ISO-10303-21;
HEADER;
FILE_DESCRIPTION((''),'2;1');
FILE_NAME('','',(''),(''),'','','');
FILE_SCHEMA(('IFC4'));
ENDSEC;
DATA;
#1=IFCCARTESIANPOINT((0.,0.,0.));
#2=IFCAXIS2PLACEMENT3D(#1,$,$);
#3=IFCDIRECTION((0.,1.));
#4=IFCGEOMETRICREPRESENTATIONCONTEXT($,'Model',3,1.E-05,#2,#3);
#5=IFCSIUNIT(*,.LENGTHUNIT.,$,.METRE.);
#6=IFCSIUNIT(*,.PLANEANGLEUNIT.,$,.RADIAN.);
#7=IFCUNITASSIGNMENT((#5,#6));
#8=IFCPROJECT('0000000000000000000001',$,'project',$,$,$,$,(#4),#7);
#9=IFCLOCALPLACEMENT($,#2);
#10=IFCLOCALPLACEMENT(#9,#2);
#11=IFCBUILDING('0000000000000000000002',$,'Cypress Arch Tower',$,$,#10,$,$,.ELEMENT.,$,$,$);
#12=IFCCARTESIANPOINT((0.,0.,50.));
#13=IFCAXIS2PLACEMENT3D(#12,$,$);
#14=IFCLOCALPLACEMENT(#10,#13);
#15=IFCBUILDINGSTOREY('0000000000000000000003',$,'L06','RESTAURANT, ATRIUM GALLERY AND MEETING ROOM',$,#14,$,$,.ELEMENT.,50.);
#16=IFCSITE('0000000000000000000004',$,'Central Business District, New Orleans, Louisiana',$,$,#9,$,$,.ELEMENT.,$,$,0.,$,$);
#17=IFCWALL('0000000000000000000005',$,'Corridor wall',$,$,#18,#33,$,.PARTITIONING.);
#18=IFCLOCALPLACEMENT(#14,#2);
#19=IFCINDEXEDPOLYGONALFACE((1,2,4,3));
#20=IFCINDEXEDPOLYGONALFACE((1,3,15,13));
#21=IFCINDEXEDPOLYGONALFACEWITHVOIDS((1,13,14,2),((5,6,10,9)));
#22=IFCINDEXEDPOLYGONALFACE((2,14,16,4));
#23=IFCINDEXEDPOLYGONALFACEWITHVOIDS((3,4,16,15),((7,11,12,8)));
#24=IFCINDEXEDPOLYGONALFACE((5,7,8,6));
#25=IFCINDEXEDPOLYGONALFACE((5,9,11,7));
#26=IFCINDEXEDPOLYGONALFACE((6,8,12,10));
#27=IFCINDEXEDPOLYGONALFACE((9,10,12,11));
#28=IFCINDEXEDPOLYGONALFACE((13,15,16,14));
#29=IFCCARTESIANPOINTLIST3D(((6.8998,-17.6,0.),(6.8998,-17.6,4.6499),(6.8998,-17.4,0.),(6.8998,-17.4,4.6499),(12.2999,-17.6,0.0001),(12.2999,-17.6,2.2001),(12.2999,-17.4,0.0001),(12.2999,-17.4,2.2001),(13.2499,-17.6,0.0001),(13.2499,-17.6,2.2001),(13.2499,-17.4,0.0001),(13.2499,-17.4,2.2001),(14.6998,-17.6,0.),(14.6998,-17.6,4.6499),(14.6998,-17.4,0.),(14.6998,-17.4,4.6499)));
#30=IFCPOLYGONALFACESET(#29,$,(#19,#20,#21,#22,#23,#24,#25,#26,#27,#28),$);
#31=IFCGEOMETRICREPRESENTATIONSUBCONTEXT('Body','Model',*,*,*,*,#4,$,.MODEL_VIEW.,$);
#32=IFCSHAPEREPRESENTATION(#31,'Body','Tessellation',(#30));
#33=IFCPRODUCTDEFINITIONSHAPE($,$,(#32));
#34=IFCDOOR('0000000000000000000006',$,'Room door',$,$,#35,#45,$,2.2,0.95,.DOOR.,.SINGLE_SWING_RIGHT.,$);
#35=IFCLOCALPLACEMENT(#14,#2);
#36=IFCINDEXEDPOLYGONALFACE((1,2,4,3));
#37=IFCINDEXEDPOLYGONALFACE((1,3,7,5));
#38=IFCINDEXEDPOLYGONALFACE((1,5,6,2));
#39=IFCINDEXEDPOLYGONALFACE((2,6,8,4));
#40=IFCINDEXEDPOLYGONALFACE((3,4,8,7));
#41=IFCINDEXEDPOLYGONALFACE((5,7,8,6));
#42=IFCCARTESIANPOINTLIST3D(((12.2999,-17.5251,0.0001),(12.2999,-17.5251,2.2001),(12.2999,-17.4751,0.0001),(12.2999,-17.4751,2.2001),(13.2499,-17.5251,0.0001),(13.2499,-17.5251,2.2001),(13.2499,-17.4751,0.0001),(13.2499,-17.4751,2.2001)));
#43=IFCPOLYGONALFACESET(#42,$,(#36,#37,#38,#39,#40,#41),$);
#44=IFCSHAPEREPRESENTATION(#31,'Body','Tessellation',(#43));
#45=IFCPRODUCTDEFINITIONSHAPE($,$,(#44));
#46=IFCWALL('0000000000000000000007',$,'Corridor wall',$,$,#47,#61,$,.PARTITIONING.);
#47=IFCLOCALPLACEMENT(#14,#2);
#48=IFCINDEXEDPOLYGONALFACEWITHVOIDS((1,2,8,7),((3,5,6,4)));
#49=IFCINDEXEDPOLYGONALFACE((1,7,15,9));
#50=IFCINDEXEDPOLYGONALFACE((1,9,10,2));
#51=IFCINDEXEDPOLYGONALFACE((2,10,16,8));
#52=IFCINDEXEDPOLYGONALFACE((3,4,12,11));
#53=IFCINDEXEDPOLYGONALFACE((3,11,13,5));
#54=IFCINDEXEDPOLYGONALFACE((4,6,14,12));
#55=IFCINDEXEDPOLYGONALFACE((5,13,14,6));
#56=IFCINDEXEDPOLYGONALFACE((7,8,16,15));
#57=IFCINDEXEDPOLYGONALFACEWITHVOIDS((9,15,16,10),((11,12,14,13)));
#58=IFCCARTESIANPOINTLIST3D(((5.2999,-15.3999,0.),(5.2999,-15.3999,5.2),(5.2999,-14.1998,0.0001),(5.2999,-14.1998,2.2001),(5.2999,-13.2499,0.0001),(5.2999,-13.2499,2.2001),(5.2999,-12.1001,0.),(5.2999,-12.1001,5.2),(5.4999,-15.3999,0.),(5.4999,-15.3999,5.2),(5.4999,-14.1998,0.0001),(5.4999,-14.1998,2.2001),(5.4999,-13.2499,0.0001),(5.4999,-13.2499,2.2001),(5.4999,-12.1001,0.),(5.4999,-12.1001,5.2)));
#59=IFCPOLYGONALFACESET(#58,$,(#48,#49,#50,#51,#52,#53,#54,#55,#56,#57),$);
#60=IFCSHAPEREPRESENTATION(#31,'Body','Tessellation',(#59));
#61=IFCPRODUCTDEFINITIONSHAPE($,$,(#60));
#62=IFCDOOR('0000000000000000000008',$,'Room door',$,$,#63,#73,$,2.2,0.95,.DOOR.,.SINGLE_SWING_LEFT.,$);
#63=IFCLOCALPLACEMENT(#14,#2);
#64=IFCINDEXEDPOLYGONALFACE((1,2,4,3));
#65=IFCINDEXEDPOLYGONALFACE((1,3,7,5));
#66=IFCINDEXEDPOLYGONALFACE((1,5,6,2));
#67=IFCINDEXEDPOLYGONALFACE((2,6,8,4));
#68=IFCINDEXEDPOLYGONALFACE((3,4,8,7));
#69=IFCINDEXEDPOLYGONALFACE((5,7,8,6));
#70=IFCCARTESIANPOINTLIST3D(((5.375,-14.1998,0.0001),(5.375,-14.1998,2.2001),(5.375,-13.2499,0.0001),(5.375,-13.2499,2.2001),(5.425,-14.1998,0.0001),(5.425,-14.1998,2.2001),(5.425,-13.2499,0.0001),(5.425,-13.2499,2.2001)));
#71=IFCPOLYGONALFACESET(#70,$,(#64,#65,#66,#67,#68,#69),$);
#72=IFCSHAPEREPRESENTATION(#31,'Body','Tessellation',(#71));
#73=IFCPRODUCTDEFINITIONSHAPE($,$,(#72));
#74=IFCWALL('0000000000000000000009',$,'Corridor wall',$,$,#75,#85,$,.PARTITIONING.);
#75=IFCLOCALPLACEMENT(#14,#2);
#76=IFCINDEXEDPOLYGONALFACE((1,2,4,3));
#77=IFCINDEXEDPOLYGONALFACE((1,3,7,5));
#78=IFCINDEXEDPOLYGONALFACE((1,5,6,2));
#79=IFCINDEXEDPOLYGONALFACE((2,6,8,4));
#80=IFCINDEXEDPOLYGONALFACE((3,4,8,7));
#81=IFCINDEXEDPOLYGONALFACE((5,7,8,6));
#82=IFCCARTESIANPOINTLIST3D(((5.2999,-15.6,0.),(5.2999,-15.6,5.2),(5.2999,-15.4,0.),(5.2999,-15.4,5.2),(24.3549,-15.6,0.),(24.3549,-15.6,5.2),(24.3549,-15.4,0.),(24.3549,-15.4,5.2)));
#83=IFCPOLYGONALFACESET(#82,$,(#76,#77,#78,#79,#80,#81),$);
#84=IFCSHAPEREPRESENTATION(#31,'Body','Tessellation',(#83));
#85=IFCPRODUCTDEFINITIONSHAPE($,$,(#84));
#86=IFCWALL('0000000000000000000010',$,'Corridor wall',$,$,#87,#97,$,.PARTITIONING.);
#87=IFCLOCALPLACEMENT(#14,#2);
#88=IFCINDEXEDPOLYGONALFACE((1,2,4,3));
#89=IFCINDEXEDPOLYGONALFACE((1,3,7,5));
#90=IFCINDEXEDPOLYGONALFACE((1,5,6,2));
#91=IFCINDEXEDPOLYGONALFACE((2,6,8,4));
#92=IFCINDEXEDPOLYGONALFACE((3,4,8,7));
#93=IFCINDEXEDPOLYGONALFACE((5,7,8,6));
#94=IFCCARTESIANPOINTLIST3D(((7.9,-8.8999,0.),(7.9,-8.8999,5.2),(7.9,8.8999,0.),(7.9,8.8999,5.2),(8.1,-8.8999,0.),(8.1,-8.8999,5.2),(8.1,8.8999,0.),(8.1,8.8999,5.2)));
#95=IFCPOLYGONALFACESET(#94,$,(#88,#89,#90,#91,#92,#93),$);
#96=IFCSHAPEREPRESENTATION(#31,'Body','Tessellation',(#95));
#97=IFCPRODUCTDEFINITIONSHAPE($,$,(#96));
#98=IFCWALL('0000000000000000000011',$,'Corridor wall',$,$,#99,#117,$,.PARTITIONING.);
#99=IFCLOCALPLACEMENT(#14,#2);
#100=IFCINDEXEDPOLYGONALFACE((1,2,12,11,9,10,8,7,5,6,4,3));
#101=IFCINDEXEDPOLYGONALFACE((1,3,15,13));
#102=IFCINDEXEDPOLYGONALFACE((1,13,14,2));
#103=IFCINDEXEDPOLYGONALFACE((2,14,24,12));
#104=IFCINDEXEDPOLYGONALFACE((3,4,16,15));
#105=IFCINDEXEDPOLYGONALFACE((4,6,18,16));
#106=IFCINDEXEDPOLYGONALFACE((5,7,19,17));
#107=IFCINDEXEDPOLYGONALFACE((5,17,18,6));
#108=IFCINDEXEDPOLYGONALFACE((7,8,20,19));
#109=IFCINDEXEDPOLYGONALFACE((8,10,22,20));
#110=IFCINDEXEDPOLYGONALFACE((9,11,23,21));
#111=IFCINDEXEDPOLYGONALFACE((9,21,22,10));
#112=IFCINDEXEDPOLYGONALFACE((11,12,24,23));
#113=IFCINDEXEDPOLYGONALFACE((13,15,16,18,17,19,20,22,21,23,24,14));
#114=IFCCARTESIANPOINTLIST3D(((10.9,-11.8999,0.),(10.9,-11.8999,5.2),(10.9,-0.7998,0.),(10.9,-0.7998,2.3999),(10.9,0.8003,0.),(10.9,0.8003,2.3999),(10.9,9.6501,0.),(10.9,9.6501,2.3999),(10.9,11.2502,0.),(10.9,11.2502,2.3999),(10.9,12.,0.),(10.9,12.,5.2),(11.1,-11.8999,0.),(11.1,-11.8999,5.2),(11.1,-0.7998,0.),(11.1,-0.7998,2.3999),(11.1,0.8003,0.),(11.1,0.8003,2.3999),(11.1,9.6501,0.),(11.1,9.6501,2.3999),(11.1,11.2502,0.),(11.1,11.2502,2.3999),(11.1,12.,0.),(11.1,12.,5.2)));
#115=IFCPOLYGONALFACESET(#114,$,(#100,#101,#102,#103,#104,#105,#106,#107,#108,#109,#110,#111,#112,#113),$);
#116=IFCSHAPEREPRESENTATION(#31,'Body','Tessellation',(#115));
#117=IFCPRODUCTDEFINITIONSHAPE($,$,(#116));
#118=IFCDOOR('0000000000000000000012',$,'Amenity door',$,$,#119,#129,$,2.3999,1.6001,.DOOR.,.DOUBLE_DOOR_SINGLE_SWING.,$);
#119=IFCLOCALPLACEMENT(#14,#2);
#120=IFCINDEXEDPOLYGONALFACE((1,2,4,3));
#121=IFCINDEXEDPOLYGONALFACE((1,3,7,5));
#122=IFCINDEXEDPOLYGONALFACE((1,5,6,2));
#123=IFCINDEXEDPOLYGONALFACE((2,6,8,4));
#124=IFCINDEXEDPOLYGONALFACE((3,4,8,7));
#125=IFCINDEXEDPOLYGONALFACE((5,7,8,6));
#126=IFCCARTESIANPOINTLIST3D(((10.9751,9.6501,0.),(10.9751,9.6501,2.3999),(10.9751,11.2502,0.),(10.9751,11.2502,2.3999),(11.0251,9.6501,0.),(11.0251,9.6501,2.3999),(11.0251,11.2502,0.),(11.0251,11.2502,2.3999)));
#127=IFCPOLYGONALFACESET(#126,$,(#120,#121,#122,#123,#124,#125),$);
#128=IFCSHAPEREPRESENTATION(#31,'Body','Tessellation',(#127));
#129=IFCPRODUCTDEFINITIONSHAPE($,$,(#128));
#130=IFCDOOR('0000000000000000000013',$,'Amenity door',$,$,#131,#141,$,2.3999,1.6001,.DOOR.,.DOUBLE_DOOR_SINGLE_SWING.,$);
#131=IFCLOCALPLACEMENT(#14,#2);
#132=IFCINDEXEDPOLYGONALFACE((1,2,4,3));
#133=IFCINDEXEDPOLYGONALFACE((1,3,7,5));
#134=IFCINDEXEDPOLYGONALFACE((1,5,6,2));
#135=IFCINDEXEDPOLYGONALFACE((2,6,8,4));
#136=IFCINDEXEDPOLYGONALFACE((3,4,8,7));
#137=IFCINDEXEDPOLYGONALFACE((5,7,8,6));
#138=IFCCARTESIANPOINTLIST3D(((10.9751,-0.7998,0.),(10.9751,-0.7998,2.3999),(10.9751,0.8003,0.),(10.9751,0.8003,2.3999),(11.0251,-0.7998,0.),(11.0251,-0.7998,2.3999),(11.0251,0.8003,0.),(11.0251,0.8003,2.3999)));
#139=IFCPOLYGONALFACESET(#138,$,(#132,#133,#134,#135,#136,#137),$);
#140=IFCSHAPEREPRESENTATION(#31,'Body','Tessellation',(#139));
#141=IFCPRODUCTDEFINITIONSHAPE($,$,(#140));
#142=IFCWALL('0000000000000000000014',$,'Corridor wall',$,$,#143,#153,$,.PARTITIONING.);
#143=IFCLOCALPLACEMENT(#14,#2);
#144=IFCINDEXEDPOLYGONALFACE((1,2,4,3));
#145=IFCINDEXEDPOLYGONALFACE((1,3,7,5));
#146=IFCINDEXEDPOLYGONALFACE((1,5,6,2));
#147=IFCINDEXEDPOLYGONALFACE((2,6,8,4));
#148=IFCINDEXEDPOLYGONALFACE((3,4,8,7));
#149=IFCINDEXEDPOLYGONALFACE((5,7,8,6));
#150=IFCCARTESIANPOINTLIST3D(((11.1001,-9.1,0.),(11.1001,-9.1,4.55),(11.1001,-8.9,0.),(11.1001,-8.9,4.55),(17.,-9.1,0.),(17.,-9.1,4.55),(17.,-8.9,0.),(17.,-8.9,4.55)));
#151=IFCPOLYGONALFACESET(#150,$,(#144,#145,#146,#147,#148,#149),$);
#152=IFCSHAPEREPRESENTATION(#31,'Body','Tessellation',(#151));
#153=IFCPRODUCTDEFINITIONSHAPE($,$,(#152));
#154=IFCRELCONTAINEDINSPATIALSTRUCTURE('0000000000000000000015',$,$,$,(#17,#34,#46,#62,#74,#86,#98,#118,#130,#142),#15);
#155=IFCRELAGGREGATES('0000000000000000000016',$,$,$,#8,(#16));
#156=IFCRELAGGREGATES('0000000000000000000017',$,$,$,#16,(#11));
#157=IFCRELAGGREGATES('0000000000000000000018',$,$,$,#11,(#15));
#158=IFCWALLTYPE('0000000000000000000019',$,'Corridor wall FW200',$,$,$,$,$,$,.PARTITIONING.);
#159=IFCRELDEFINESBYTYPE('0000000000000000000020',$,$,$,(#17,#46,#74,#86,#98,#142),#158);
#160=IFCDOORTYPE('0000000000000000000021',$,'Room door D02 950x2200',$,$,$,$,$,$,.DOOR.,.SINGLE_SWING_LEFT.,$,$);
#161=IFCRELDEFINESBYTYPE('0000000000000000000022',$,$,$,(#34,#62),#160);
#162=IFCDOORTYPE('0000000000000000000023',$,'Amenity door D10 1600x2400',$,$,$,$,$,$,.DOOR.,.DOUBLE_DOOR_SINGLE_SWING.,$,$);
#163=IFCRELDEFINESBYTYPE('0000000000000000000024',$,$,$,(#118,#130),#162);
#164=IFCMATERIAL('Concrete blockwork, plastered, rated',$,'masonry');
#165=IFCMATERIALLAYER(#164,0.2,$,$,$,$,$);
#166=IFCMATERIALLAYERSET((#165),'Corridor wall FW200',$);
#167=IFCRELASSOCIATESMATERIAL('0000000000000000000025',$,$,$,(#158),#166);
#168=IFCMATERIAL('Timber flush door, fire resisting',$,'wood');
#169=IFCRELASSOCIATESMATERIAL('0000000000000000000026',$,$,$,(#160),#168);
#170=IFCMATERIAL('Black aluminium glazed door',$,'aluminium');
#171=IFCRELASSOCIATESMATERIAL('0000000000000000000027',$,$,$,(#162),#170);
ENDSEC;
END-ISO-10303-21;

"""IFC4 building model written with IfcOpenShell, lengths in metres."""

from ifc_helpers import new_model, si_unit, direction, frame, frame_2d, origin, place, context, subcontext, project, spatial, rectangle, extrude, material, layer, layer_set, type_object, element, fill, save


model = new_model("IFC4")

# Units and contexts
model_context = context("Model", 3, precision=1e-05, world=origin(), true_north=direction((0.0, 1.0)))
body_context = subcontext(model_context, "Body", "Model", "MODEL_VIEW")
ifc_project = project(units=[si_unit("LENGTHUNIT", "METRE"), si_unit("PLANEANGLEUNIT", "RADIAN")], contexts=[model_context])

# Site, building, storey
site_placement = place(None, origin())
site = spatial("IfcSite", under=ifc_project, at=site_placement, Name="Central Business District, New Orleans, Louisiana", CompositionType="ELEMENT", RefElevation=0.0)
building_placement = place(site_placement, origin())
building = spatial("IfcBuilding", under=site, at=building_placement, Name="Cypress Arch Tower", CompositionType="ELEMENT")
storey_placement = place(building_placement, frame((0.0, 0.0, 50.0)))
storey = spatial("IfcBuildingStorey", under=building, at=storey_placement, Name="L06", Description="RESTAURANT, ATRIUM GALLERY AND MEETING ROOM", CompositionType="ELEMENT", Elevation=50.0)

# Shared definitions
ifc_material_1 = material(Name="Concrete blockwork, plastered, rated", Category="masonry")
ifc_layer_1 = layer(ifc_material_1, 0.2)
ifc_layer_set_1 = layer_set([ifc_layer_1], Name="Corridor wall FW200")
wall_type_1 = type_object("IfcWallType", Name="Corridor wall FW200", PredefinedType="PARTITIONING", material=ifc_layer_set_1)

# Walls, openings, doors
wall_1_placement = place(storey_placement, frame((6.8999, -17.5, 0.0), z_axis=(0.0, 0.0, 1.0), x_axis=(1.0, 0.0, 0.0)))
wall_1 = element("IfcWall", 1, at=wall_1_placement, inside=storey, type_object=wall_type_1, Name="Corridor wall", PredefinedType="PARTITIONING", context=body_context, shape_type="SweptSolid", body=[
    extrude(rectangle(XDim=7.8, YDim=0.2, at=frame_2d((3.8999, 0.0))), origin(), (0.0, 0.0, 1.0), 4.6499),
])
opening_1_placement = place(wall_1_placement, frame((5.3999, 0.0, 0.0)))
opening_1 = element("IfcOpeningElement", 2, at=opening_1_placement, cuts=wall_1, PredefinedType="OPENING", context=body_context, shape_type="SweptSolid", body=[
    extrude(rectangle(XDim=0.95, YDim=2.2, at=frame_2d((0.4751, 1.1001))), frame((0.0, 0.1099, 0.0), z_axis=(0.0, -1.0, 0.0), x_axis=(1.0, 0.0, 0.0)), (0.0, 0.0, 1.0), 0.22),
])
ifc_material_2 = material(Name="Timber flush door, fire resisting", Category="wood")
door_type_1 = type_object("IfcDoorType", Name="Room door D02 950x2200", OperationType="SINGLE_SWING_LEFT", PredefinedType="DOOR", material=ifc_material_2)
door_1_placement = place(opening_1_placement, origin())
door_1 = element("IfcDoor", 3, at=door_1_placement, inside=storey, type_object=door_type_1, Name="Room door", OperationType="SINGLE_SWING_RIGHT", OverallHeight=2.2, OverallWidth=0.95, PredefinedType="DOOR", context=body_context, shape_type="SweptSolid", body=[
    extrude(rectangle(XDim=0.95, YDim=2.2, at=frame_2d((0.4751, 1.1001))), frame((0.0, 0.0249, 0.0), z_axis=(0.0, -1.0, 0.0), x_axis=(1.0, 0.0, 0.0)), (0.0, 0.0, 1.0), 0.05),
])
fill(opening_1, door_1)
wall_2_placement = place(storey_placement, frame((5.3999, -15.3999, 0.0), z_axis=(0.0, 0.0, 1.0), x_axis=(0.0, 1.0, 0.0)))
wall_2 = element("IfcWall", 4, at=wall_2_placement, inside=storey, type_object=wall_type_1, Name="Corridor wall", PredefinedType="PARTITIONING", context=body_context, shape_type="SweptSolid", body=[
    extrude(rectangle(XDim=3.2998, YDim=0.2, at=frame_2d((1.6499, 0.0))), origin(), (0.0, 0.0, 1.0), 5.2),
])
opening_2_placement = place(wall_2_placement, frame((1.2, 0.0, 0.0)))
opening_2 = element("IfcOpeningElement", 5, at=opening_2_placement, cuts=wall_2, PredefinedType="OPENING", context=body_context, shape_type="SweptSolid", body=[
    extrude(rectangle(XDim=0.95, YDim=2.2, at=frame_2d((0.4751, 1.1001))), frame((0.0, 0.1099, 0.0), z_axis=(0.0, -1.0, 0.0), x_axis=(1.0, 0.0, 0.0)), (0.0, 0.0, 1.0), 0.22),
])
door_2_placement = place(opening_2_placement, origin())
door_2 = element("IfcDoor", 6, at=door_2_placement, inside=storey, type_object=door_type_1, Name="Room door", OperationType="SINGLE_SWING_LEFT", OverallHeight=2.2, OverallWidth=0.95, PredefinedType="DOOR", context=body_context, shape_type="SweptSolid", body=[
    extrude(rectangle(XDim=0.95, YDim=2.2, at=frame_2d((0.4751, 1.1001))), frame((0.0, 0.0249, 0.0), z_axis=(0.0, -1.0, 0.0), x_axis=(1.0, 0.0, 0.0)), (0.0, 0.0, 1.0), 0.05),
])
fill(opening_2, door_2)

# Walls
wall_3_placement = place(storey_placement, frame((5.3, -15.5, 0.0), z_axis=(0.0, 0.0, 1.0), x_axis=(1.0, 0.0, 0.0)))
element("IfcWall", 7, at=wall_3_placement, inside=storey, type_object=wall_type_1, Name="Corridor wall", PredefinedType="PARTITIONING", context=body_context, shape_type="SweptSolid", body=[
    extrude(rectangle(XDim=19.0549, YDim=0.2, at=frame_2d((9.5273, 0.0))), origin(), (0.0, 0.0, 1.0), 5.2),
])
wall_4_placement = place(storey_placement, frame((8.0, -8.8999, 0.0), z_axis=(0.0, 0.0, 1.0), x_axis=(0.0, 1.0, 0.0)))
element("IfcWall", 8, at=wall_4_placement, inside=storey, type_object=wall_type_1, Name="Corridor wall", PredefinedType="PARTITIONING", context=body_context, shape_type="SweptSolid", body=[
    extrude(rectangle(XDim=17.7998, YDim=0.2, at=frame_2d((8.8999, 0.0))), origin(), (0.0, 0.0, 1.0), 5.2),
])

# Wall, openings, doors
wall_5_placement = place(storey_placement, frame((11.0, -11.8999, 0.0), z_axis=(0.0, 0.0, 1.0), x_axis=(0.0, 1.0, 0.0)))
wall_5 = element("IfcWall", 9, at=wall_5_placement, inside=storey, type_object=wall_type_1, Name="Corridor wall", PredefinedType="PARTITIONING", context=body_context, shape_type="SweptSolid", body=[
    extrude(rectangle(XDim=23.8999, YDim=0.2, at=frame_2d((11.95, 0.0))), origin(), (0.0, 0.0, 1.0), 5.2),
])
opening_3_placement = place(wall_5_placement, frame((21.55, 0.0, 0.0)))
opening_3 = element("IfcOpeningElement", 10, at=opening_3_placement, cuts=wall_5, PredefinedType="OPENING", context=body_context, shape_type="SweptSolid", body=[
    extrude(rectangle(XDim=1.6001, YDim=2.3999, at=frame_2d((0.8, 1.2))), frame((0.0, 0.1099, 0.0), z_axis=(0.0, -1.0, 0.0), x_axis=(1.0, 0.0, 0.0)), (0.0, 0.0, 1.0), 0.22),
])
opening_4_placement = place(wall_5_placement, frame((11.1001, 0.0, 0.0)))
opening_4 = element("IfcOpeningElement", 11, at=opening_4_placement, cuts=wall_5, PredefinedType="OPENING", context=body_context, shape_type="SweptSolid", body=[
    extrude(rectangle(XDim=1.6001, YDim=2.3999, at=frame_2d((0.8, 1.2))), frame((0.0, 0.1099, 0.0), z_axis=(0.0, -1.0, 0.0), x_axis=(1.0, 0.0, 0.0)), (0.0, 0.0, 1.0), 0.22),
])
ifc_material_3 = material(Name="Black aluminium glazed door", Category="aluminium")
door_type_2 = type_object("IfcDoorType", Name="Amenity door D10 1600x2400", OperationType="DOUBLE_DOOR_SINGLE_SWING", PredefinedType="DOOR", material=ifc_material_3)
door_3_placement = place(opening_3_placement, origin())
door_3 = element("IfcDoor", 12, at=door_3_placement, inside=storey, type_object=door_type_2, Name="Amenity door", OperationType="DOUBLE_DOOR_SINGLE_SWING", OverallHeight=2.3999, OverallWidth=1.6001, PredefinedType="DOOR", context=body_context, shape_type="SweptSolid", body=[
    extrude(rectangle(XDim=1.6001, YDim=2.3999, at=frame_2d((0.8, 1.2))), frame((0.0, 0.0249, 0.0), z_axis=(0.0, -1.0, 0.0), x_axis=(1.0, 0.0, 0.0)), (0.0, 0.0, 1.0), 0.05),
])
fill(opening_3, door_3)
door_4_placement = place(opening_4_placement, origin())
door_4 = element("IfcDoor", 13, at=door_4_placement, inside=storey, type_object=door_type_2, Name="Amenity door", OperationType="DOUBLE_DOOR_SINGLE_SWING", OverallHeight=2.3999, OverallWidth=1.6001, PredefinedType="DOOR", context=body_context, shape_type="SweptSolid", body=[
    extrude(rectangle(XDim=1.6001, YDim=2.3999, at=frame_2d((0.8, 1.2))), frame((0.0, 0.0249, 0.0), z_axis=(0.0, -1.0, 0.0), x_axis=(1.0, 0.0, 0.0)), (0.0, 0.0, 1.0), 0.05),
])
fill(opening_4, door_4)

# Wall
wall_6_placement = place(storey_placement, frame((11.1001, -9.0, 0.0), z_axis=(0.0, 0.0, 1.0), x_axis=(1.0, 0.0, 0.0)))
element("IfcWall", 14, at=wall_6_placement, inside=storey, type_object=wall_type_1, Name="Corridor wall", PredefinedType="PARTITIONING", context=body_context, shape_type="SweptSolid", body=[
    extrude(rectangle(XDim=5.8999, YDim=0.2, at=frame_2d((2.95, 0.0))), origin(), (0.0, 0.0, 1.0), 4.55),
])

save(model, "model.ifc")
